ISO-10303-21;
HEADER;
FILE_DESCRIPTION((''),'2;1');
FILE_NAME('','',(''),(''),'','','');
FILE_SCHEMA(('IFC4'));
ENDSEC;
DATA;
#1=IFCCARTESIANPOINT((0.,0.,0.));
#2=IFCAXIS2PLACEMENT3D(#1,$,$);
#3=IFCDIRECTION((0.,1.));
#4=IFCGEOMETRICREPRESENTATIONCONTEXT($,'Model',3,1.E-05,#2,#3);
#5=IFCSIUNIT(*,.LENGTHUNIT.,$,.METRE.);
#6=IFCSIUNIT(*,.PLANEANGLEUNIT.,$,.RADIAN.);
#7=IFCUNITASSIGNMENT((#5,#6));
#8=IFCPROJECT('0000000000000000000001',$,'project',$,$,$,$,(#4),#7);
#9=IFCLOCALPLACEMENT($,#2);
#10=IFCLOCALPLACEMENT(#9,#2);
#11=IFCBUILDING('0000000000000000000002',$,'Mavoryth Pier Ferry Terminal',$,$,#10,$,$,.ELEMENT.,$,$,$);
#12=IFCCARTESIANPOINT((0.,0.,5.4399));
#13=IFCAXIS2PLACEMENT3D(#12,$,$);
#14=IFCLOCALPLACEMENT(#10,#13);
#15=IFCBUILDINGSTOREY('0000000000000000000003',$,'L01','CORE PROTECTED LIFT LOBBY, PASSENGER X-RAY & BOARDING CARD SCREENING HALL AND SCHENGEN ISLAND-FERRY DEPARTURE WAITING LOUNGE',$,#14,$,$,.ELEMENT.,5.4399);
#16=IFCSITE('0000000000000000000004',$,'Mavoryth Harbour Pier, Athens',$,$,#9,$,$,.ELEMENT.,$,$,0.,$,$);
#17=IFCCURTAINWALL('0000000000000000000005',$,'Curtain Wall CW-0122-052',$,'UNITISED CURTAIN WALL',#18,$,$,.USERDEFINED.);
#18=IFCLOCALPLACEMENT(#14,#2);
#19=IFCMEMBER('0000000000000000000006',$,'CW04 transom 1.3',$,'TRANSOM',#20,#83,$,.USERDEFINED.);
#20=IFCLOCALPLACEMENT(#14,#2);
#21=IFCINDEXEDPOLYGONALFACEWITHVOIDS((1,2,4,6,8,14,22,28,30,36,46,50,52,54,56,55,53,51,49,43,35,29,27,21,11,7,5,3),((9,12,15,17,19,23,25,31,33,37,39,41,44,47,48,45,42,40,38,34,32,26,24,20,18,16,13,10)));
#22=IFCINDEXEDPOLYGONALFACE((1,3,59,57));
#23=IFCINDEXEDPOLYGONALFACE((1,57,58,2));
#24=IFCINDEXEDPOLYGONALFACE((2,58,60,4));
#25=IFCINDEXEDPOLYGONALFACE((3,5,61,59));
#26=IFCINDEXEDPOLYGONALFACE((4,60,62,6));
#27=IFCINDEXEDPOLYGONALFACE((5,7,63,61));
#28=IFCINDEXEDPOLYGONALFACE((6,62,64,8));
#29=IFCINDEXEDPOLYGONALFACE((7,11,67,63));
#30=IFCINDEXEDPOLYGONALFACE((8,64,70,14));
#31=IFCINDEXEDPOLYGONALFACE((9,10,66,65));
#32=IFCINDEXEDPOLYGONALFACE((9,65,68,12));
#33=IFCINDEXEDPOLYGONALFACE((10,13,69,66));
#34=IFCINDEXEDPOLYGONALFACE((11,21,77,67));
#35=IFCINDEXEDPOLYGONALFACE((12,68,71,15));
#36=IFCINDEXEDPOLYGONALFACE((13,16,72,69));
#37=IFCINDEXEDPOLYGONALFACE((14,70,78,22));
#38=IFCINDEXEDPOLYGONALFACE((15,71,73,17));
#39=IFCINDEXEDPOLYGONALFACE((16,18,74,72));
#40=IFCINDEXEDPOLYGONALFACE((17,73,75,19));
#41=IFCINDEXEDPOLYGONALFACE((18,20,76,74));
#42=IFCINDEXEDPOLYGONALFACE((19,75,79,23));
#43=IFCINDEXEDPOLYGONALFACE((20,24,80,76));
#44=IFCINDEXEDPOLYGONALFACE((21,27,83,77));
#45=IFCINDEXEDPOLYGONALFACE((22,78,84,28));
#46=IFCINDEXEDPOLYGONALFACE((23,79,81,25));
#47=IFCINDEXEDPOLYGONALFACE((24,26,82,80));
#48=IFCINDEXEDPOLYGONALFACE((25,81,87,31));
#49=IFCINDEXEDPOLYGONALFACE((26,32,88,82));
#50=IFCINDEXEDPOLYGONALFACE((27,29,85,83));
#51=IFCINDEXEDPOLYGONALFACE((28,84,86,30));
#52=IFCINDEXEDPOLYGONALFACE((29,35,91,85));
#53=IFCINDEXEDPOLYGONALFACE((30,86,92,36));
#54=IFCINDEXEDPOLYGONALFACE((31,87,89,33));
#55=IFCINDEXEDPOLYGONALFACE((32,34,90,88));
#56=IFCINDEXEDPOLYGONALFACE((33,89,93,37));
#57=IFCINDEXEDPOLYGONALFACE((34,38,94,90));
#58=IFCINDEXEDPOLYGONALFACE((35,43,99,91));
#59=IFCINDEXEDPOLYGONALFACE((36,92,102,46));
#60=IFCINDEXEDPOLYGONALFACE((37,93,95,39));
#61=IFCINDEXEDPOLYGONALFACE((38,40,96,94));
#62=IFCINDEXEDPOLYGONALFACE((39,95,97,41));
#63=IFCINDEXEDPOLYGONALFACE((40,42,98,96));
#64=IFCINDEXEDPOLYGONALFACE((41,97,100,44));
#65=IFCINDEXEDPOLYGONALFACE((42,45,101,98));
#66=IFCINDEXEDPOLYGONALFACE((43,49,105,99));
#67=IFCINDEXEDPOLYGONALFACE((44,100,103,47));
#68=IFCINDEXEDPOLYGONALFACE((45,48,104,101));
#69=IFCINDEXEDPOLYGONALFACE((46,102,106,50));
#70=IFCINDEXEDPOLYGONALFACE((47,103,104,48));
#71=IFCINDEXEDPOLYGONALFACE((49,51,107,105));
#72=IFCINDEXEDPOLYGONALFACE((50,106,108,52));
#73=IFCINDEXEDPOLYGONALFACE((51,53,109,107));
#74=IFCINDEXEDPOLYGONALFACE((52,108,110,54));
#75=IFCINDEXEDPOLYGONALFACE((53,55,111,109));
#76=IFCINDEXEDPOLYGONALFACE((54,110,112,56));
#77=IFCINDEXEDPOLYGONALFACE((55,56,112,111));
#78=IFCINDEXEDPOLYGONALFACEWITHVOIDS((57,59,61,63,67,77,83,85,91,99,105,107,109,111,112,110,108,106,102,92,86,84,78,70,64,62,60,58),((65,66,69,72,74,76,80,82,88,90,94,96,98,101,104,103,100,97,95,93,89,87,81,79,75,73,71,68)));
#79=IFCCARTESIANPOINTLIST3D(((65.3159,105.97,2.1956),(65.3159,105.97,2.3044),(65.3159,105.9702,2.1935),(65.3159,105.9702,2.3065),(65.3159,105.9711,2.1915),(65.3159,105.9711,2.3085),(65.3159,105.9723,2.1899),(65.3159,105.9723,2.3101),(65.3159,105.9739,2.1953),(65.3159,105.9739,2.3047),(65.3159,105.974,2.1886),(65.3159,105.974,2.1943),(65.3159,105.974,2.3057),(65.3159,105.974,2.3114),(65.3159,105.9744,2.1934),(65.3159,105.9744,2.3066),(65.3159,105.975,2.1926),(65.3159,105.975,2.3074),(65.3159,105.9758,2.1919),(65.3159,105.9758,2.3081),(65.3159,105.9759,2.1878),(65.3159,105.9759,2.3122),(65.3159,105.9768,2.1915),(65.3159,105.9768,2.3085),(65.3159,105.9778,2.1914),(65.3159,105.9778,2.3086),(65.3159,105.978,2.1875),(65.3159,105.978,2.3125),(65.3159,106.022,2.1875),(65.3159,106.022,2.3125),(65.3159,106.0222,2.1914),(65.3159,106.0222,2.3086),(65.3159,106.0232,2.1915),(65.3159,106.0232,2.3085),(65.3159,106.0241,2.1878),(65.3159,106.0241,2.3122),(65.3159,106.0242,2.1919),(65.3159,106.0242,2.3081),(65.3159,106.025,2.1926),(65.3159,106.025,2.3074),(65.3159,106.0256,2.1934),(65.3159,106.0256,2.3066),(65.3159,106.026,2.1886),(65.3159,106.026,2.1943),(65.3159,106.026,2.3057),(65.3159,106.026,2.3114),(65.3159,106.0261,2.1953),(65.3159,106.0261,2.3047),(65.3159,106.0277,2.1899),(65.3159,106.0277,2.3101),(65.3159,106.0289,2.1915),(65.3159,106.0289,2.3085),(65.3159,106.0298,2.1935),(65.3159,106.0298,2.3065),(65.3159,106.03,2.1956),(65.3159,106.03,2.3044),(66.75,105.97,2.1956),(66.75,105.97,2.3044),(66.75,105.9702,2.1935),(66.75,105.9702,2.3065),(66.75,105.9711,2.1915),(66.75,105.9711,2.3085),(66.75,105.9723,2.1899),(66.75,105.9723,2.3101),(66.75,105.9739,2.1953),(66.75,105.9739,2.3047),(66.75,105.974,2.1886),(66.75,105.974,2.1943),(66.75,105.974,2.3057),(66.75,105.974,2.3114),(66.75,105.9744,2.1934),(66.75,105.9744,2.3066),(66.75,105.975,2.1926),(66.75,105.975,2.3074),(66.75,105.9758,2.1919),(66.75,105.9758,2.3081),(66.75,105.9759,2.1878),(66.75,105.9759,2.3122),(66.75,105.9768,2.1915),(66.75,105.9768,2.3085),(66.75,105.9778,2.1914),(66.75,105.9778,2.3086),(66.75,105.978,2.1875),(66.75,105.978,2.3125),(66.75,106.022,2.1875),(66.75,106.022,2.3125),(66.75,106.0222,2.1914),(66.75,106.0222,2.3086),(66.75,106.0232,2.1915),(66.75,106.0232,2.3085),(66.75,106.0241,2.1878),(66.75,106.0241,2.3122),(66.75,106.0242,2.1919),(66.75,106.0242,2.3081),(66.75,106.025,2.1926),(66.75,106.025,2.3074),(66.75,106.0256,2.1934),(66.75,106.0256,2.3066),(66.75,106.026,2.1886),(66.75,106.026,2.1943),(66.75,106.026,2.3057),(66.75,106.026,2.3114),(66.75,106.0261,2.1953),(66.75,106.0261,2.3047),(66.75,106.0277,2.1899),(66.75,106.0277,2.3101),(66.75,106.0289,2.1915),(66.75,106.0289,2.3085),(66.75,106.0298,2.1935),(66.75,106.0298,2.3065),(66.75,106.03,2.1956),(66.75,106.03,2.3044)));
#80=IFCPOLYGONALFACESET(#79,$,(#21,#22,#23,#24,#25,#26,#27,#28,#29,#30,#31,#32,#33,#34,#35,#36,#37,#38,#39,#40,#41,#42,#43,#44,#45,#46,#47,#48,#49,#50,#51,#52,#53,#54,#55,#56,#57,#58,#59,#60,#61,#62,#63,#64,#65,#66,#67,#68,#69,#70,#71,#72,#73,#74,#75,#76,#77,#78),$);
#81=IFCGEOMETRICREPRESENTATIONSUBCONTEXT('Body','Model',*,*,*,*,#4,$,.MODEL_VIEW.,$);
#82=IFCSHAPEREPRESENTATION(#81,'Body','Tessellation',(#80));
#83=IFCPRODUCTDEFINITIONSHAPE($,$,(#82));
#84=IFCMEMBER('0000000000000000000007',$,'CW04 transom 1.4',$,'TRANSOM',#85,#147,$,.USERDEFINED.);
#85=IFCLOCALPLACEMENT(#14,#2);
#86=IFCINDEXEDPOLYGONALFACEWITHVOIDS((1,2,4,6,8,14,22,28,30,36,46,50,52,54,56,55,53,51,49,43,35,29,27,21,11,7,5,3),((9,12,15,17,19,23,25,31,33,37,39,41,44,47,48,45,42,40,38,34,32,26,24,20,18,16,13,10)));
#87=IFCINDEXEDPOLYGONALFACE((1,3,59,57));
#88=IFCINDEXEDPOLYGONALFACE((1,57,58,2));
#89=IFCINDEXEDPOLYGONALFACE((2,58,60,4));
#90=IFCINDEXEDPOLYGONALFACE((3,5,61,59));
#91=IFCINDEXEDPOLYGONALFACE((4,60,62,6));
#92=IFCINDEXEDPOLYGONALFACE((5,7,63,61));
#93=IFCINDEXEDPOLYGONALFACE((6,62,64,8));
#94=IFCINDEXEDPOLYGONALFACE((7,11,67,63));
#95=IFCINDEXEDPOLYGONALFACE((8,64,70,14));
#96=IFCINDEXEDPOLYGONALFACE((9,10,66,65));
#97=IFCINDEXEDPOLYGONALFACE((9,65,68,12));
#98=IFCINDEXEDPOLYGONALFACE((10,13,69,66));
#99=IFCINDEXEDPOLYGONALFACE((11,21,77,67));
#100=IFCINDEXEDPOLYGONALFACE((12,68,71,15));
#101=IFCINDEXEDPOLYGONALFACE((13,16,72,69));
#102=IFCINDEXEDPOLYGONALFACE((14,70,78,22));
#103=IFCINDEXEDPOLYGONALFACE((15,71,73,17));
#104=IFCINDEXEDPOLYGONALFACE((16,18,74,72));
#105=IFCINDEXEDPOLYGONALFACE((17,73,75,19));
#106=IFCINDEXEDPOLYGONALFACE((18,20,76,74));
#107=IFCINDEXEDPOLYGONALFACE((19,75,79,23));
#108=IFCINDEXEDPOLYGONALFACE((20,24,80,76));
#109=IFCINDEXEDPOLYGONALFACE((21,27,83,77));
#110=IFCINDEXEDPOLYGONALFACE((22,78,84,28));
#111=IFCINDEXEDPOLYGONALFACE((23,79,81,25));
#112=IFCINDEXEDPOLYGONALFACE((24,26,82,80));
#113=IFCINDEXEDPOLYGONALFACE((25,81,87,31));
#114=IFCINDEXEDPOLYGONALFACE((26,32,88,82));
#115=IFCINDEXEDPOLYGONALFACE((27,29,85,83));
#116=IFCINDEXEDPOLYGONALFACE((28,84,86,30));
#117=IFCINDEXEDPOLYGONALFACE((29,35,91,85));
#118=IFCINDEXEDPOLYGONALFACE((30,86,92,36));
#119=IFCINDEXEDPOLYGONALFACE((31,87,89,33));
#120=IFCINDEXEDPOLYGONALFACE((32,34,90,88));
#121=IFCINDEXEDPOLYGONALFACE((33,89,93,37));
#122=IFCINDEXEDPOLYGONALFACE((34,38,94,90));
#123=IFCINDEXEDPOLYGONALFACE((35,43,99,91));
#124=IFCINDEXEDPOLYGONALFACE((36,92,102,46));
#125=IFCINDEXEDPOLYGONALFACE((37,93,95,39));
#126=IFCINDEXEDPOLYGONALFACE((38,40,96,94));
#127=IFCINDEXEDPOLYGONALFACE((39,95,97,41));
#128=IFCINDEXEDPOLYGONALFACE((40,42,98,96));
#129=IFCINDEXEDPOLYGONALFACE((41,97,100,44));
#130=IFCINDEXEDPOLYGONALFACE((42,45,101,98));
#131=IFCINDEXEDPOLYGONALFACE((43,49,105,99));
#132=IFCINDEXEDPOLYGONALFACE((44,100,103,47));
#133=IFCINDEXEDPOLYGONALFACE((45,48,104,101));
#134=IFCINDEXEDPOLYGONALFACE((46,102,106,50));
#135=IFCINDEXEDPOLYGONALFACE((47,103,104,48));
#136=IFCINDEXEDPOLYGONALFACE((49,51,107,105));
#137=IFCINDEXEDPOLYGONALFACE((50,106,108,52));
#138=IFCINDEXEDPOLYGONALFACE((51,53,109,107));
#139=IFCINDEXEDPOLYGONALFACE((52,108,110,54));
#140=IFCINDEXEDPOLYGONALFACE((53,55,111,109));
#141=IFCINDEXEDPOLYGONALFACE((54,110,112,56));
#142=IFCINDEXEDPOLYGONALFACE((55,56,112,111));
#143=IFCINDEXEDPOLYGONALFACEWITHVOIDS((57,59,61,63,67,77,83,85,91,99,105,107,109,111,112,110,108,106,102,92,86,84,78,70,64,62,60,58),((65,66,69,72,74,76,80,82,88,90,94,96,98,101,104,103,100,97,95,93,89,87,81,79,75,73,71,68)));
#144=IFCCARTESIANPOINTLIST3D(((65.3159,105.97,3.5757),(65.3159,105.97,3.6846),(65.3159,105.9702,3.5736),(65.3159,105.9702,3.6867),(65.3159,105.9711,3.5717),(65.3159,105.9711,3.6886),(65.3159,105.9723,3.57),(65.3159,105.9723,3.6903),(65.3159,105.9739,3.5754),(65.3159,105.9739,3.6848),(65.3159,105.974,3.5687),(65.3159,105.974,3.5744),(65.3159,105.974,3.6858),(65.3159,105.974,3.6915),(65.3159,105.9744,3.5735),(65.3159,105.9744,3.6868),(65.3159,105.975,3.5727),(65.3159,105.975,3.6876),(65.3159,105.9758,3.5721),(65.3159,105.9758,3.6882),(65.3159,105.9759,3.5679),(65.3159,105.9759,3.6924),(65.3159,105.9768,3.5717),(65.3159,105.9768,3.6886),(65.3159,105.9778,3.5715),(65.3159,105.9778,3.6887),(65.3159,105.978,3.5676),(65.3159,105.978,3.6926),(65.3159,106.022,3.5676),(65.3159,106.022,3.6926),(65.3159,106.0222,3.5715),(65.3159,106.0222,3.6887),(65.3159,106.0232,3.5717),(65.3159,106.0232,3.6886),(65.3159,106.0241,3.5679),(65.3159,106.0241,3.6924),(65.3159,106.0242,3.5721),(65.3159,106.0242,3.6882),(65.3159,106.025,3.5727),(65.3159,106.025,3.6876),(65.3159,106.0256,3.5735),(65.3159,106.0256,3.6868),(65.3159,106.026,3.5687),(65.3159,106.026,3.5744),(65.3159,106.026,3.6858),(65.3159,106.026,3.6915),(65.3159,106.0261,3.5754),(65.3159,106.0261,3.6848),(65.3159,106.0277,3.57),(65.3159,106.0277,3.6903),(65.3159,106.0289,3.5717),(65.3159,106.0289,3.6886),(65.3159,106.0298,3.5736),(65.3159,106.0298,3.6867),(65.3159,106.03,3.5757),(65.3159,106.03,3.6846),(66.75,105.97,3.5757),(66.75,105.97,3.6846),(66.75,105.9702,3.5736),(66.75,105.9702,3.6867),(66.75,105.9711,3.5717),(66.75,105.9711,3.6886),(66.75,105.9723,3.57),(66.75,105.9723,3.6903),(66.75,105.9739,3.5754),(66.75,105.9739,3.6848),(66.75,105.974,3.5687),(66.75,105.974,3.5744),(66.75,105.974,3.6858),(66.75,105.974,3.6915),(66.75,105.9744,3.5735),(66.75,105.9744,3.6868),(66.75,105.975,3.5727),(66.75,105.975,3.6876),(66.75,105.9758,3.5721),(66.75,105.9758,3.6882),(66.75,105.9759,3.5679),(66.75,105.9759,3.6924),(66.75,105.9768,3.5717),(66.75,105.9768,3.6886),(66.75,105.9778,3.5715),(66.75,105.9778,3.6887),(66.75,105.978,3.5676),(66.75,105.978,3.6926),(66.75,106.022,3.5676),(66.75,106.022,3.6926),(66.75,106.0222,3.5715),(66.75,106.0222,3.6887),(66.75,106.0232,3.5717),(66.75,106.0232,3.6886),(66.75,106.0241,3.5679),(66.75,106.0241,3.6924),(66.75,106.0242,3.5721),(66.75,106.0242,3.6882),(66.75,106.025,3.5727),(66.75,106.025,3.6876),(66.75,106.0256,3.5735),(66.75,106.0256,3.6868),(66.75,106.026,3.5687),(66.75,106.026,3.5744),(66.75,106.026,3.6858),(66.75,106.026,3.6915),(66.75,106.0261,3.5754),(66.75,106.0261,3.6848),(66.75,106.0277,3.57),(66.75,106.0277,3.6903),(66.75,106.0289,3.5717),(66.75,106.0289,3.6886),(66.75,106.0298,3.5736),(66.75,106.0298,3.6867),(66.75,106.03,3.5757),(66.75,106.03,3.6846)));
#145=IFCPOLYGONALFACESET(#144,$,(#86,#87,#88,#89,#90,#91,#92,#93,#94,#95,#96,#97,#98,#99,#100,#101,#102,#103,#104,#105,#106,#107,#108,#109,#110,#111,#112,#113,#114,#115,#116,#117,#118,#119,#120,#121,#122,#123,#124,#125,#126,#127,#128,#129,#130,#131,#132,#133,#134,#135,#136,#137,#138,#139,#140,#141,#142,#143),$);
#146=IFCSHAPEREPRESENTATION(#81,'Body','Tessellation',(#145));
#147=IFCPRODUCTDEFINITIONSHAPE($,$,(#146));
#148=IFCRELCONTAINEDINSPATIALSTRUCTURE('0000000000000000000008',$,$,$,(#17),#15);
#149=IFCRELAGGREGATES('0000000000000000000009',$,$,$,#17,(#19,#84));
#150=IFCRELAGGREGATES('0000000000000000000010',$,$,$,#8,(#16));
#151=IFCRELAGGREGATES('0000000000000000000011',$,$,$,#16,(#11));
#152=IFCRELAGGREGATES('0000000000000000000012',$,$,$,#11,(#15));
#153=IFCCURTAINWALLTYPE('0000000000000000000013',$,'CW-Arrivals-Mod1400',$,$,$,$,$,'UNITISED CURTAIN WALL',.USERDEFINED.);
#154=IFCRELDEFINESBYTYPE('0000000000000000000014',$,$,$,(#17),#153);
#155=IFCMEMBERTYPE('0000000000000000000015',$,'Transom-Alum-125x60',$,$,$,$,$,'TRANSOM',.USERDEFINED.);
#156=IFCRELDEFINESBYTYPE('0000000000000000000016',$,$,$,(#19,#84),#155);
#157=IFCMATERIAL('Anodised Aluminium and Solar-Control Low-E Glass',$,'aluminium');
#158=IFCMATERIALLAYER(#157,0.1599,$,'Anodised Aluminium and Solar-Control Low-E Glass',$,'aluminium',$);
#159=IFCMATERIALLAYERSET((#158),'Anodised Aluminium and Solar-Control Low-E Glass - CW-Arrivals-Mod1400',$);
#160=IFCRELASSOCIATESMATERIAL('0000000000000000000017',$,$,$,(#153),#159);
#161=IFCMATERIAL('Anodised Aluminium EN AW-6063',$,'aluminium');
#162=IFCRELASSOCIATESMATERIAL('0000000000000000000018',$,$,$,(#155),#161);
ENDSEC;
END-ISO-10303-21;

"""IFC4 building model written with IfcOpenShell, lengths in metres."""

from ifc_helpers import new_model, si_unit, direction, frame, origin, origin_2d, place, context, subcontext, project, spatial, hollow_rectangle, extrude, material, layer, layer_set, material_profile, profile_set, type_object, element, aggregate, save


model = new_model("IFC4")

# Units and contexts
model_context = context("Model", 3, precision=1e-05, world=origin(), true_north=direction((0.0, 1.0)))
body_context = subcontext(model_context, "Body", "Model", "MODEL_VIEW")
ifc_project = project(units=[si_unit("LENGTHUNIT", "METRE"), si_unit("PLANEANGLEUNIT", "RADIAN")], contexts=[model_context])

# Site, building, storey
site_placement = place(None, origin())
site = spatial("IfcSite", under=ifc_project, at=site_placement, Name="Mavoryth Harbour Pier, Athens", CompositionType="ELEMENT", RefElevation=0.0)
building_placement = place(site_placement, origin())
building = spatial("IfcBuilding", under=site, at=building_placement, Name="Mavoryth Pier Ferry Terminal", CompositionType="ELEMENT")
storey_placement = place(building_placement, frame((0.0, 0.0, 5.4399)))
storey = spatial("IfcBuildingStorey", under=building, at=storey_placement, Name="L01", Description="CORE PROTECTED LIFT LOBBY, PASSENGER X-RAY & BOARDING CARD SCREENING HALL AND SCHENGEN ISLAND-FERRY DEPARTURE WAITING LOUNGE", CompositionType="ELEMENT", Elevation=5.4399)

# Curtain wall
ifc_material_1 = material(Name="Anodised Aluminium and Solar-Control Low-E Glass", Category="aluminium")
ifc_layer_1 = layer(ifc_material_1, 0.1599, Name="Anodised Aluminium and Solar-Control Low-E Glass", Category="aluminium")
ifc_layer_set_1 = layer_set([ifc_layer_1], Name="Anodised Aluminium and Solar-Control Low-E Glass - CW-Arrivals-Mod1400")
curtain_wall_type = type_object("IfcCurtainWallType", Name="CW-Arrivals-Mod1400", ElementType="UNITISED CURTAIN WALL", PredefinedType="USERDEFINED", material=ifc_layer_set_1)
curtain_wall_placement = place(storey_placement, origin())
curtain_wall = element("IfcCurtainWall", 1, at=curtain_wall_placement, inside=storey, type_object=curtain_wall_type, Name="Curtain Wall CW-0122-052", ObjectType="UNITISED CURTAIN WALL", PredefinedType="USERDEFINED")
ifc_material_2 = material(Name="Anodised Aluminium EN AW-6063", Category="aluminium")

# Members
ifc_material_profile_1 = material_profile(ifc_material_2, hollow_rectangle(XDim=0.0601, YDim=0.125, WallThickness=0.0039, InnerFilletRadius=0.0039, OuterFilletRadius=0.0081, at=origin_2d()), Name="AL-TRAN 125x60x4", Category="aluminium")
ifc_profile_set_1 = profile_set([ifc_material_profile_1], Name="Anodised Aluminium EN AW-6063 - AL-TRAN 125x60x4")
member_type_1 = type_object("IfcMemberType", Name="Transom-Alum-125x60", ElementType="TRANSOM", PredefinedType="USERDEFINED", material=ifc_profile_set_1)
member_1_placement = place(storey_placement, frame((66.75, 106.0, 2.25), z_axis=(-1.0, 0.0, 0.0), x_axis=(0.0, -1.0, 0.0)))
member_1 = element("IfcMember", 2, at=member_1_placement, type_object=member_type_1, Name="CW04 transom 1.3", ObjectType="TRANSOM", PredefinedType="USERDEFINED", context=body_context, shape_type="SweptSolid", body=[
    extrude(hollow_rectangle(XDim=0.0601, YDim=0.125, WallThickness=0.0039, InnerFilletRadius=0.0039, OuterFilletRadius=0.0081, at=origin_2d()), origin(), (0.0, 0.0, 1.0), 1.4341),
])
member_2_placement = place(storey_placement, frame((66.75, 106.0, 3.6301), z_axis=(-1.0, 0.0, 0.0), x_axis=(0.0, -1.0, 0.0)))
member_2 = element("IfcMember", 3, at=member_2_placement, type_object=member_type_1, Name="CW04 transom 1.4", ObjectType="TRANSOM", PredefinedType="USERDEFINED", context=body_context, shape_type="SweptSolid", body=[
    extrude(hollow_rectangle(XDim=0.0601, YDim=0.125, WallThickness=0.0039, InnerFilletRadius=0.0039, OuterFilletRadius=0.0081, at=origin_2d()), origin(), (0.0, 0.0, 1.0), 1.4341),
])

aggregate(curtain_wall, [member_1, member_2])

save(model, "model.ifc")
